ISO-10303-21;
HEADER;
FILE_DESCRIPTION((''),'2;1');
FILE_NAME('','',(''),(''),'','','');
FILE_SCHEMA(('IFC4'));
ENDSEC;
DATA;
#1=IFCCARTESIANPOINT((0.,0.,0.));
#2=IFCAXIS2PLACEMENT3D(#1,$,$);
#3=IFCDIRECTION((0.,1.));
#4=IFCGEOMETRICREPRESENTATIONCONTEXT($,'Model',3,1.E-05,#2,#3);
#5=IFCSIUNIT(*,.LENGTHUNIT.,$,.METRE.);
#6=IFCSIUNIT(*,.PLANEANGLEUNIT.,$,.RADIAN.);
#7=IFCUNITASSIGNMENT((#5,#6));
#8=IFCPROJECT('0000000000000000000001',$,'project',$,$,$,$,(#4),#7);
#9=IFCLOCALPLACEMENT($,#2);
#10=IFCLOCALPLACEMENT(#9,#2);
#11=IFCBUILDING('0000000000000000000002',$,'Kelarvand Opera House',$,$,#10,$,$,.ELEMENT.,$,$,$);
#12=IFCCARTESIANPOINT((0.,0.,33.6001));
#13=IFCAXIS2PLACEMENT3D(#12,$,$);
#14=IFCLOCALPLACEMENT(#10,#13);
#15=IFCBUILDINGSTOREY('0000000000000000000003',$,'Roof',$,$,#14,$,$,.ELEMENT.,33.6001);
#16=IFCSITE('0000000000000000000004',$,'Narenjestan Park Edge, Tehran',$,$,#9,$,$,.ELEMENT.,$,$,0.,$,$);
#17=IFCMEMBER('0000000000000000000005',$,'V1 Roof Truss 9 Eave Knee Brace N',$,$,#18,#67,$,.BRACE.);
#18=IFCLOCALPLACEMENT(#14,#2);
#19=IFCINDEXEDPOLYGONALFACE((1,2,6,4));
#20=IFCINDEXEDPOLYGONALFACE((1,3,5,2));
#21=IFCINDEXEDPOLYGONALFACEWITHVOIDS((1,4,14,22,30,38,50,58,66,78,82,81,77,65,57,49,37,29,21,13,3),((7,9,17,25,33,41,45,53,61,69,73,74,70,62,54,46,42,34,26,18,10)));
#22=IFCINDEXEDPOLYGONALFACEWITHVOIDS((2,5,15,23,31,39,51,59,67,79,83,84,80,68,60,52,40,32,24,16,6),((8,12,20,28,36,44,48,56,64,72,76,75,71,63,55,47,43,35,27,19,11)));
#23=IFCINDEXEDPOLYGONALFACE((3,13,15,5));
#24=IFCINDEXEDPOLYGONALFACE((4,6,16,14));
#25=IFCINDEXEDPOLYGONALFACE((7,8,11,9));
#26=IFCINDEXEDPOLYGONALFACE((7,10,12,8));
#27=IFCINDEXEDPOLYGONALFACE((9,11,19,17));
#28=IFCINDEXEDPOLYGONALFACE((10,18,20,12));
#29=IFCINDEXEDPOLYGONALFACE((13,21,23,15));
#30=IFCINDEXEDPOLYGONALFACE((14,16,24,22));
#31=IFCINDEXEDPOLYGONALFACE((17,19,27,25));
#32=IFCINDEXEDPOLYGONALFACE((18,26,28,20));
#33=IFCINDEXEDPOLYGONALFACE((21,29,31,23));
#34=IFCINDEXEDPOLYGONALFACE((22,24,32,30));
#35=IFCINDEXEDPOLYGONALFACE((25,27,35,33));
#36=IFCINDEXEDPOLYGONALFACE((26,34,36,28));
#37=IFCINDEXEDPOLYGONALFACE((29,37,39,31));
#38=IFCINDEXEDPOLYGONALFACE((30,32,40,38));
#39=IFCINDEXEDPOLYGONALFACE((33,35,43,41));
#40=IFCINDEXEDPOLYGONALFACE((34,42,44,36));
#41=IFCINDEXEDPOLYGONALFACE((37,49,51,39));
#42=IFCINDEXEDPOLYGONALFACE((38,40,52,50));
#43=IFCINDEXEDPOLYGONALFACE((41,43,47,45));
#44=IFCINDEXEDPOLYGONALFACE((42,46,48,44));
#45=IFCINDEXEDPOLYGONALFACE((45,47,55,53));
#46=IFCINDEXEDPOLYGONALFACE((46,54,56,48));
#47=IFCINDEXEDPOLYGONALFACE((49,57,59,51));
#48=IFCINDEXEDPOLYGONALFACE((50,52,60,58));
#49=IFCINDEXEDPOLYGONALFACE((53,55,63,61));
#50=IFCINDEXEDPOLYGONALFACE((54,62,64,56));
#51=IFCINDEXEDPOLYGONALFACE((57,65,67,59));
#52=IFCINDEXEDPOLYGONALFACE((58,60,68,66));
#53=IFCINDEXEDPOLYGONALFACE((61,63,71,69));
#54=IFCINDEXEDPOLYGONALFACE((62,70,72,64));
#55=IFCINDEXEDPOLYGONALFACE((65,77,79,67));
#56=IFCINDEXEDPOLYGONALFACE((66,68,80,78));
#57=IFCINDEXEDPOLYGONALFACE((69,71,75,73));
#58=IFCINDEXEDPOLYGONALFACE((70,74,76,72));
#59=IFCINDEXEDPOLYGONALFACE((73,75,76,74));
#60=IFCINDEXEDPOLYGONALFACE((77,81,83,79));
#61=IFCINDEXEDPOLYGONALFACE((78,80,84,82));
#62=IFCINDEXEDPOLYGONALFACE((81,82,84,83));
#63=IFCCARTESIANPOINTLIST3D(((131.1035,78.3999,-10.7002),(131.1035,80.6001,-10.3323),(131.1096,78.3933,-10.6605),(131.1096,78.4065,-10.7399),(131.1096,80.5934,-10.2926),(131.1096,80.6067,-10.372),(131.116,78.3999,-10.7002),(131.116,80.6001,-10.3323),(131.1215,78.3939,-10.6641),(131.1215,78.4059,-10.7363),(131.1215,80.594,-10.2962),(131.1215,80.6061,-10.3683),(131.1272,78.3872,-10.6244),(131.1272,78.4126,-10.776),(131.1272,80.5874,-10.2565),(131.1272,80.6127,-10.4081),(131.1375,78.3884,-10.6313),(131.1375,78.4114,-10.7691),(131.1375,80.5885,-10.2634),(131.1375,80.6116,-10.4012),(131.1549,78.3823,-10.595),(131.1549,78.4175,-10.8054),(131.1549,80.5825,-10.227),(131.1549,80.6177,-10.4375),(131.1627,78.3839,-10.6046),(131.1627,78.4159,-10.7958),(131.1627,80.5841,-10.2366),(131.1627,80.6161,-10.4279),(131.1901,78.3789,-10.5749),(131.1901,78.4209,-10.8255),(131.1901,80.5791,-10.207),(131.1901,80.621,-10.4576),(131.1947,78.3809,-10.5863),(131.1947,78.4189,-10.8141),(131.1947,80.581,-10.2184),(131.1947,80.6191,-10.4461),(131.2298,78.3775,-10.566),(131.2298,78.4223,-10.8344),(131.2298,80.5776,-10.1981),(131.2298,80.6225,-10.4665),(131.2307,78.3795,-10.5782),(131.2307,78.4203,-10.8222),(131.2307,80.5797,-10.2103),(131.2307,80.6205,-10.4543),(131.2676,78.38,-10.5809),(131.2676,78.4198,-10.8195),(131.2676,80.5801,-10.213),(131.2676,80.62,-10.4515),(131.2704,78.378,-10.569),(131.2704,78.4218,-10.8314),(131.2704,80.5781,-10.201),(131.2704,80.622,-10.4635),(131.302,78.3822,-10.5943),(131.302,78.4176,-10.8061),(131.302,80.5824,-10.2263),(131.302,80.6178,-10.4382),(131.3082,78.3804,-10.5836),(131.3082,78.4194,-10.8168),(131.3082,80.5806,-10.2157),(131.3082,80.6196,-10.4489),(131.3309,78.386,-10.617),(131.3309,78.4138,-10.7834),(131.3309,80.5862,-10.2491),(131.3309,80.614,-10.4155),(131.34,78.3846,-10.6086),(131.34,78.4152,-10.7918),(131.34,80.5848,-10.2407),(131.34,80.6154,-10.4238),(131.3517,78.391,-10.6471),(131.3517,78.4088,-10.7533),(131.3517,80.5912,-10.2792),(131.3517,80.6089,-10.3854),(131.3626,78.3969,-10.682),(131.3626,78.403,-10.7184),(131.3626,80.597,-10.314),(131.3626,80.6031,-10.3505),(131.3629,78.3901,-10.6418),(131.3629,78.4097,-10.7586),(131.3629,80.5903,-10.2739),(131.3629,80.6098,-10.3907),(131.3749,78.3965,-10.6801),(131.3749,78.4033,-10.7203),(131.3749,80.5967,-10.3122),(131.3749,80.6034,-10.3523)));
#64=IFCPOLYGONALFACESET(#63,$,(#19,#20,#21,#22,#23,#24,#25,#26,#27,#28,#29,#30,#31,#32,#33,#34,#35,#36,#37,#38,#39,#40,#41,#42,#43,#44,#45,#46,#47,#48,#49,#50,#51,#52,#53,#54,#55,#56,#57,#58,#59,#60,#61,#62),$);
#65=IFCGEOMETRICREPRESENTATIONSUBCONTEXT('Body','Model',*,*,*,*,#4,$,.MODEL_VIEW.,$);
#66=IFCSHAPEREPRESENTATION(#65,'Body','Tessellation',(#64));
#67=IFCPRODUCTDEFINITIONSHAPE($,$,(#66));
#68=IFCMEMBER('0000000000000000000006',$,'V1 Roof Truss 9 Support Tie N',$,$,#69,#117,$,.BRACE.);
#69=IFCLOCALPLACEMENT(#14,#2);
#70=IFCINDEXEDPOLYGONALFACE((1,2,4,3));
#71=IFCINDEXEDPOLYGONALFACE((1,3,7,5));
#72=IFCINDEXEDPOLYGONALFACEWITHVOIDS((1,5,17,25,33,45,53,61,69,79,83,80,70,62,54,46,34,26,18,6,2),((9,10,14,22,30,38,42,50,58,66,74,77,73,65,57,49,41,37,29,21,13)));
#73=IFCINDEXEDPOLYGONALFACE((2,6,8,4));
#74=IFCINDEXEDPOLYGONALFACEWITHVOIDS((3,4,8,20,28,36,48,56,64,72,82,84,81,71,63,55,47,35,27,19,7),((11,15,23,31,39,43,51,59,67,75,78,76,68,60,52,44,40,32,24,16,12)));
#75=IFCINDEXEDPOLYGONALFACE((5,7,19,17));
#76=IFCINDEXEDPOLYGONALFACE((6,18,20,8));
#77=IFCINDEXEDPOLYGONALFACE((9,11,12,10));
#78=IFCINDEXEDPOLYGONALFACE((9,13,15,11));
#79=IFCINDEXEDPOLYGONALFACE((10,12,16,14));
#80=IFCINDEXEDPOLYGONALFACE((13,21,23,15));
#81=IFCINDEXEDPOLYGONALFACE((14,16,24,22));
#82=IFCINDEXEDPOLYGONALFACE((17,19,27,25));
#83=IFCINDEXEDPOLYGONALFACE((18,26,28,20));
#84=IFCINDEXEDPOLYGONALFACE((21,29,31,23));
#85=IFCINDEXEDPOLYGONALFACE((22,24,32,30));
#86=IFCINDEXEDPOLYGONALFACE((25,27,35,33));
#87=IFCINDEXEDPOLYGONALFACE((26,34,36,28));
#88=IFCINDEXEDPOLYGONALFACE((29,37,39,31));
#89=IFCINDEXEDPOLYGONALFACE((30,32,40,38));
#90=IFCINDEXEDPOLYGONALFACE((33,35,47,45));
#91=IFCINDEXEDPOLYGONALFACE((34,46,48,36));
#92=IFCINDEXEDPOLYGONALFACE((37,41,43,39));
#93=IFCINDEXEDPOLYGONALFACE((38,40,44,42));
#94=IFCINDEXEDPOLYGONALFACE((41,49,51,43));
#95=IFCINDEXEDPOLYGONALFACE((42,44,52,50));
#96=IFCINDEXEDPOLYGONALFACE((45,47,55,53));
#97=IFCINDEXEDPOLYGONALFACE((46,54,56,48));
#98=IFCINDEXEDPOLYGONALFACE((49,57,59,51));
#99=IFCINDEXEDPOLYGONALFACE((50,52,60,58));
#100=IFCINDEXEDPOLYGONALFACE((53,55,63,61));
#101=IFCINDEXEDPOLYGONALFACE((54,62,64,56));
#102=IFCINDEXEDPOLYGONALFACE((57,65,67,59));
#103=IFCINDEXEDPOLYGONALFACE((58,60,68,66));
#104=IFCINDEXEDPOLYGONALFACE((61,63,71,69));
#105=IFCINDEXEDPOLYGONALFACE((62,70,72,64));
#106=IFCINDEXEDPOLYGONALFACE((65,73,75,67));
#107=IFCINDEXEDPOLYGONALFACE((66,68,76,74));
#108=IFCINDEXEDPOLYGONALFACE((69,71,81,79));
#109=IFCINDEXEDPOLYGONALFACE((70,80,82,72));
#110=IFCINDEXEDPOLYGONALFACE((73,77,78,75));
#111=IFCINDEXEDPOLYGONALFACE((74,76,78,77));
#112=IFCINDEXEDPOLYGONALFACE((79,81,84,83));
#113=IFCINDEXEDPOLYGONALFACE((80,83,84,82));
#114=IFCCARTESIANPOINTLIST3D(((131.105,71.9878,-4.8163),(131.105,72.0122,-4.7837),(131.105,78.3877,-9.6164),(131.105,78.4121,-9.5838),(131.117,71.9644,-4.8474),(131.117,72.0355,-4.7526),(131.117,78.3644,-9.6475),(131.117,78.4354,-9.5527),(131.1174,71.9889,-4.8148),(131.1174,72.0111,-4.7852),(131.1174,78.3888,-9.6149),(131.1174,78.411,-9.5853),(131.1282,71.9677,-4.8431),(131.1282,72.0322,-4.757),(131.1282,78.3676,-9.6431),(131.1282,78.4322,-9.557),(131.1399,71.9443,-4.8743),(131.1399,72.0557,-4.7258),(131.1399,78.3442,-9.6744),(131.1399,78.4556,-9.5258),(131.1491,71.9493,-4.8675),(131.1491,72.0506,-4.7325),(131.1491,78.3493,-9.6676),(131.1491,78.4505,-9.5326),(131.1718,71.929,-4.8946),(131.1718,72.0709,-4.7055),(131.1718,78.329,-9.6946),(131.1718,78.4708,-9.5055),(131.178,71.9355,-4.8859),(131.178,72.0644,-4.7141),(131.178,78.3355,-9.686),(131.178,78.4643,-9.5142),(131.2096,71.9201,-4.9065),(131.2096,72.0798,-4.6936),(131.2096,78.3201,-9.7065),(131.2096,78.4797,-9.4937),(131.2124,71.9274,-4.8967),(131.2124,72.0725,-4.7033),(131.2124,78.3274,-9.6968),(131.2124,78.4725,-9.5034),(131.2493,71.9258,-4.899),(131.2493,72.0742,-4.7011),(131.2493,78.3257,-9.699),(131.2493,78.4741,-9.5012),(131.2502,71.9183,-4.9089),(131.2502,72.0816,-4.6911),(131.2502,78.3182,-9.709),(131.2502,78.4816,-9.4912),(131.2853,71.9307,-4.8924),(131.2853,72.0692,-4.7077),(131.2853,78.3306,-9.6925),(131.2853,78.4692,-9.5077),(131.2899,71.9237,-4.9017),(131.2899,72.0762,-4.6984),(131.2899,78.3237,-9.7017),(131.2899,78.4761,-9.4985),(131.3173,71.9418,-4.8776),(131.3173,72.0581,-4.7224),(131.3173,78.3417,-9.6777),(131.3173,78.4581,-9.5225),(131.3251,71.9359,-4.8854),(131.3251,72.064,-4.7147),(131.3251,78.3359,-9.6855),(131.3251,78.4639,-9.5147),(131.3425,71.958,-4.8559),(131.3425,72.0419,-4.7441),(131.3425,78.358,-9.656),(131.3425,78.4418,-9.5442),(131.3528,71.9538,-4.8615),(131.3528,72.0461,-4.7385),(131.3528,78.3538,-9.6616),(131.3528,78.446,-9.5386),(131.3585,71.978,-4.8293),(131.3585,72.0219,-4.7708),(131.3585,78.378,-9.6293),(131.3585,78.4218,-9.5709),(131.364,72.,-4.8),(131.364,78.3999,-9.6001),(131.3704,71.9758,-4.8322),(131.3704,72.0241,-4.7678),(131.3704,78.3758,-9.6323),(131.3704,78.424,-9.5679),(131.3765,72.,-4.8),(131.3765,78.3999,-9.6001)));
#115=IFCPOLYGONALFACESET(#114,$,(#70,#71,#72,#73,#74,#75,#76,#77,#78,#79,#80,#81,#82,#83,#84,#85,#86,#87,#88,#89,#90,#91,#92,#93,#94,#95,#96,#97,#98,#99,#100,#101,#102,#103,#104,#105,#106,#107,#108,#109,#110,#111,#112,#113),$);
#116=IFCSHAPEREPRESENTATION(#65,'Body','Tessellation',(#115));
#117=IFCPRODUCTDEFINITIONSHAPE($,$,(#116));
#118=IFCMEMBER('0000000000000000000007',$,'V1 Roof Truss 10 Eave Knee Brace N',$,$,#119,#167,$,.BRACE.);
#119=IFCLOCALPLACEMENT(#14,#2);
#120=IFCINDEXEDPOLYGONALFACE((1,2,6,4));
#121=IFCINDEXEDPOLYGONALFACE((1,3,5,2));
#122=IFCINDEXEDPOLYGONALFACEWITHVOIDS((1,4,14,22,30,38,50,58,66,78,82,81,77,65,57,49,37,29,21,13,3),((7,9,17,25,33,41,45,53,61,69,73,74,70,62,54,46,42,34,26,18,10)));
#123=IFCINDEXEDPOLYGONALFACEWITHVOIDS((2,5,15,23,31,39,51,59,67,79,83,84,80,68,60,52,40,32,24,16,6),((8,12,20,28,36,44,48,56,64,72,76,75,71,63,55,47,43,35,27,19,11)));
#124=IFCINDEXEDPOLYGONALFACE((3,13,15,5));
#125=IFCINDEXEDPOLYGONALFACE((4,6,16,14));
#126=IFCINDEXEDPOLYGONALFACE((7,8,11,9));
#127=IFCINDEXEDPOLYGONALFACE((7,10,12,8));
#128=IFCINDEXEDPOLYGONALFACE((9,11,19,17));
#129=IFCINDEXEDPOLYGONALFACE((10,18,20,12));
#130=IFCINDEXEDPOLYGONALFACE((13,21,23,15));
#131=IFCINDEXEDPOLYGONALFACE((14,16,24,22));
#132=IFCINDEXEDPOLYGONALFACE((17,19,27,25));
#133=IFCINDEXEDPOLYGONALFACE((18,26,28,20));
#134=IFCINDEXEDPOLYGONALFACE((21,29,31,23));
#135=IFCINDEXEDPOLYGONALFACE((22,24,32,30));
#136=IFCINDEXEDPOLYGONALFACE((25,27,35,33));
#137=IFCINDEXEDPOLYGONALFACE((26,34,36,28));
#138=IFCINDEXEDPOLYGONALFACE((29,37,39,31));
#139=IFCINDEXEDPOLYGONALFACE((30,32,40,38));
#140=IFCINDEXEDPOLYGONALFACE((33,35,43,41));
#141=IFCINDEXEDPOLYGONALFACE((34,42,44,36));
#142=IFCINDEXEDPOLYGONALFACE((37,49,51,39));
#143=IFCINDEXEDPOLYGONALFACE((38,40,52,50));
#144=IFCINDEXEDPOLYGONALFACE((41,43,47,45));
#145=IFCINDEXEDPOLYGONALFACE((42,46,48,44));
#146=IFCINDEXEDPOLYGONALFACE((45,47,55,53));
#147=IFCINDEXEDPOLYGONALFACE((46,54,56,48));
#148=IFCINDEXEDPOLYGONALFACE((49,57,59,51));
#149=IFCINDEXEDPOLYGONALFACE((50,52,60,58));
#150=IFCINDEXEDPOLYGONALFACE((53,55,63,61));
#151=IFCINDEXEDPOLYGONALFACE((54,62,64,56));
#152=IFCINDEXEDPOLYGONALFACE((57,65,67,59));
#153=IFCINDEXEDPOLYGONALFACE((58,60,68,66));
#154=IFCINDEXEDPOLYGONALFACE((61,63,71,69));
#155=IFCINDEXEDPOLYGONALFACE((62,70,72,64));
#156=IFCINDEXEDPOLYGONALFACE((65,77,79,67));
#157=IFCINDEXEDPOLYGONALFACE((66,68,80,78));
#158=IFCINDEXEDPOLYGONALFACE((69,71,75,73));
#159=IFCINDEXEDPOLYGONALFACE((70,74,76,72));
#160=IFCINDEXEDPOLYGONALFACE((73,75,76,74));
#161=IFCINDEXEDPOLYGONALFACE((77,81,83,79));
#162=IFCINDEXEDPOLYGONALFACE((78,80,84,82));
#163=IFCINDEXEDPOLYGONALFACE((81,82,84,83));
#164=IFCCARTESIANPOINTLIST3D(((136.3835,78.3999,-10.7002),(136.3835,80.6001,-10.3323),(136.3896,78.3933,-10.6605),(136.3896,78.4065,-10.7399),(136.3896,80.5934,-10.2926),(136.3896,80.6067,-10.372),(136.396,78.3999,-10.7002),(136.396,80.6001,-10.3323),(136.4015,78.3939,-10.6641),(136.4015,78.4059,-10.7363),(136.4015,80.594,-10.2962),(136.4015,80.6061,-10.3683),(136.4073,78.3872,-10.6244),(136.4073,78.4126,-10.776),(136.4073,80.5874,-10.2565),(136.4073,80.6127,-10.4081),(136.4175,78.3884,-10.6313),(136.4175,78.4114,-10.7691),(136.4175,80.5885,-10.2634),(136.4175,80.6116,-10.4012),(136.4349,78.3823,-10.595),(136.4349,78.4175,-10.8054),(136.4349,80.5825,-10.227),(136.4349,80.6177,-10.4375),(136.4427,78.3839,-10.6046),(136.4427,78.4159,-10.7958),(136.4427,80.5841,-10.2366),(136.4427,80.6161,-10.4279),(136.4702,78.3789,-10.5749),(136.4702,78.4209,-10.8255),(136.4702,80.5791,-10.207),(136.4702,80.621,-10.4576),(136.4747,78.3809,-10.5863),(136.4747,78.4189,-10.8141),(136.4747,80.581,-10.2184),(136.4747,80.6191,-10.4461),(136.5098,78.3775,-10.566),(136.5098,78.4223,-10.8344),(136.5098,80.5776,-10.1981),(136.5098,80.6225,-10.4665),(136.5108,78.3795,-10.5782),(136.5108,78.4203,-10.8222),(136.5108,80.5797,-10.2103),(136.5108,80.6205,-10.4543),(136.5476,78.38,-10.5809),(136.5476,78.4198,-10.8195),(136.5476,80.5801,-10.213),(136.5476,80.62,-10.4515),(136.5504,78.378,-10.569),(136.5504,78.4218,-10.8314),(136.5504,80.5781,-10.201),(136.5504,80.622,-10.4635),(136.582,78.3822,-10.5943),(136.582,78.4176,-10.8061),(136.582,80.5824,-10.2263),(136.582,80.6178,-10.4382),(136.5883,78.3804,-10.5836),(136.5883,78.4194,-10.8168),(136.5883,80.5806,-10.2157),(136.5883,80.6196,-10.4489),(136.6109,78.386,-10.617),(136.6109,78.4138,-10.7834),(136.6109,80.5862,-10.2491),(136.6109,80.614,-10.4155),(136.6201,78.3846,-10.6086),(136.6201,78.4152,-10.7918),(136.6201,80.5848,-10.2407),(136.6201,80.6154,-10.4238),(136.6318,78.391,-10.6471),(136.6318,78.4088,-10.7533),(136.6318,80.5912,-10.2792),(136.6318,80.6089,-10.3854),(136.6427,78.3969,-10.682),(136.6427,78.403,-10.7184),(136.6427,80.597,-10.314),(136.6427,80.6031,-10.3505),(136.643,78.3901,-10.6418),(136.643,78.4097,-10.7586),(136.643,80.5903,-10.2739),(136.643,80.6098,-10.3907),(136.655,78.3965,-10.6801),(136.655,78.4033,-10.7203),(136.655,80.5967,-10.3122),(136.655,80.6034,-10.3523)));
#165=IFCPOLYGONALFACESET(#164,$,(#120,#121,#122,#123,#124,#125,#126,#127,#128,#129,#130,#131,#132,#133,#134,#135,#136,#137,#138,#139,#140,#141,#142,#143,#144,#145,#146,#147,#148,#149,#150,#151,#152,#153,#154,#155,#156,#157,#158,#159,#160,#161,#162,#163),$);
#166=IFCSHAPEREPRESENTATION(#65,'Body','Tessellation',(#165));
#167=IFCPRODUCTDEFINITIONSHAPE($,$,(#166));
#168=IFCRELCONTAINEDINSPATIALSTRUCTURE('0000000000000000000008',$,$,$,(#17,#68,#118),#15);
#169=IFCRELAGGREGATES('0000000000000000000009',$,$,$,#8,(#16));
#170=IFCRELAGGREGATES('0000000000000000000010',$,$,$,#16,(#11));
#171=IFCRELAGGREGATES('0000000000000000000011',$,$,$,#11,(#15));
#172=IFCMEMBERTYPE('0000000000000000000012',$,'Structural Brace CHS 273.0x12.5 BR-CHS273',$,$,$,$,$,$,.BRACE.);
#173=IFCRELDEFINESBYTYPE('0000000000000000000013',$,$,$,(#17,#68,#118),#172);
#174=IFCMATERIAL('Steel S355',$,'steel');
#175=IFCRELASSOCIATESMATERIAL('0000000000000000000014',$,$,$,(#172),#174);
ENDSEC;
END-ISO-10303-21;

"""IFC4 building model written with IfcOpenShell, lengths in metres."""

from ifc_helpers import new_model, si_unit, direction, frame, origin, origin_2d, place, context, subcontext, project, spatial, hollow_circle, extrude, material, material_profile, profile_set, type_object, element, save


model = new_model("IFC4")

# Units and contexts
model_context = context("Model", 3, precision=1e-05, world=origin(), true_north=direction((0.0, 1.0)))
body_context = subcontext(model_context, "Body", "Model", "MODEL_VIEW")
ifc_project = project(units=[si_unit("LENGTHUNIT", "METRE"), si_unit("PLANEANGLEUNIT", "RADIAN")], contexts=[model_context])

# Site, building, storey
site_placement = place(None, origin())
site = spatial("IfcSite", under=ifc_project, at=site_placement, Name="Narenjestan Park Edge, Tehran", CompositionType="ELEMENT", RefElevation=0.0)
building_placement = place(site_placement, origin())
building = spatial("IfcBuilding", under=site, at=building_placement, Name="Kelarvand Opera House", CompositionType="ELEMENT")
storey_placement = place(building_placement, frame((0.0, 0.0, 33.6001)))
storey = spatial("IfcBuildingStorey", under=building, at=storey_placement, Name="Roof", CompositionType="ELEMENT", Elevation=33.6001)

# Members
ifc_material = material(Name="Steel S355", Category="steel")
ifc_material_profile_1 = material_profile(ifc_material, hollow_circle(Radius=0.1365, WallThickness=0.0125, at=origin_2d()), Name="CHS 273.0x12.5", Category="steel")
ifc_profile_set_1 = profile_set([ifc_material_profile_1], Name="Steel S355")
member_type_1 = type_object("IfcMemberType", Name="Structural Brace CHS 273.0x12.5 BR-CHS273", PredefinedType="BRACE", material=ifc_profile_set_1)
member_1_placement = place(storey_placement, frame((131.24, 78.3999, -10.7002), z_axis=(0.0, 0.986305, 0.164931), x_axis=(-1.0, 0.0, 0.0)))
element("IfcMember", 1, at=member_1_placement, inside=storey, type_object=member_type_1, Name="V1 Roof Truss 9 Eave Knee Brace N", PredefinedType="BRACE", context=body_context, shape_type="SweptSolid", body=[
    extrude(hollow_circle(Radius=0.1365, WallThickness=0.0125, at=origin_2d()), origin(), (0.0, 0.0, 1.0), 2.2307),
])
member_2_placement = place(storey_placement, frame((131.24, 78.3999, -9.6001), z_axis=(0.0, -0.799993, 0.60001), x_axis=(1.0, 0.0, 0.0)))
element("IfcMember", 2, at=member_2_placement, inside=storey, type_object=member_type_1, Name="V1 Roof Truss 9 Support Tie N", PredefinedType="BRACE", context=body_context, shape_type="SweptSolid", body=[
    extrude(hollow_circle(Radius=0.1365, WallThickness=0.0125, at=origin_2d()), origin(), (0.0, 0.0, 1.0), 8.0),
])
member_3_placement = place(storey_placement, frame((136.52, 78.3999, -10.7002), z_axis=(0.0, 0.986305, 0.164931), x_axis=(-1.0, 0.0, 0.0)))
element("IfcMember", 3, at=member_3_placement, inside=storey, type_object=member_type_1, Name="V1 Roof Truss 10 Eave Knee Brace N", PredefinedType="BRACE", context=body_context, shape_type="SweptSolid", body=[
    extrude(hollow_circle(Radius=0.1365, WallThickness=0.0125, at=origin_2d()), origin(), (0.0, 0.0, 1.0), 2.2307),
])

save(model, "model.ifc")
